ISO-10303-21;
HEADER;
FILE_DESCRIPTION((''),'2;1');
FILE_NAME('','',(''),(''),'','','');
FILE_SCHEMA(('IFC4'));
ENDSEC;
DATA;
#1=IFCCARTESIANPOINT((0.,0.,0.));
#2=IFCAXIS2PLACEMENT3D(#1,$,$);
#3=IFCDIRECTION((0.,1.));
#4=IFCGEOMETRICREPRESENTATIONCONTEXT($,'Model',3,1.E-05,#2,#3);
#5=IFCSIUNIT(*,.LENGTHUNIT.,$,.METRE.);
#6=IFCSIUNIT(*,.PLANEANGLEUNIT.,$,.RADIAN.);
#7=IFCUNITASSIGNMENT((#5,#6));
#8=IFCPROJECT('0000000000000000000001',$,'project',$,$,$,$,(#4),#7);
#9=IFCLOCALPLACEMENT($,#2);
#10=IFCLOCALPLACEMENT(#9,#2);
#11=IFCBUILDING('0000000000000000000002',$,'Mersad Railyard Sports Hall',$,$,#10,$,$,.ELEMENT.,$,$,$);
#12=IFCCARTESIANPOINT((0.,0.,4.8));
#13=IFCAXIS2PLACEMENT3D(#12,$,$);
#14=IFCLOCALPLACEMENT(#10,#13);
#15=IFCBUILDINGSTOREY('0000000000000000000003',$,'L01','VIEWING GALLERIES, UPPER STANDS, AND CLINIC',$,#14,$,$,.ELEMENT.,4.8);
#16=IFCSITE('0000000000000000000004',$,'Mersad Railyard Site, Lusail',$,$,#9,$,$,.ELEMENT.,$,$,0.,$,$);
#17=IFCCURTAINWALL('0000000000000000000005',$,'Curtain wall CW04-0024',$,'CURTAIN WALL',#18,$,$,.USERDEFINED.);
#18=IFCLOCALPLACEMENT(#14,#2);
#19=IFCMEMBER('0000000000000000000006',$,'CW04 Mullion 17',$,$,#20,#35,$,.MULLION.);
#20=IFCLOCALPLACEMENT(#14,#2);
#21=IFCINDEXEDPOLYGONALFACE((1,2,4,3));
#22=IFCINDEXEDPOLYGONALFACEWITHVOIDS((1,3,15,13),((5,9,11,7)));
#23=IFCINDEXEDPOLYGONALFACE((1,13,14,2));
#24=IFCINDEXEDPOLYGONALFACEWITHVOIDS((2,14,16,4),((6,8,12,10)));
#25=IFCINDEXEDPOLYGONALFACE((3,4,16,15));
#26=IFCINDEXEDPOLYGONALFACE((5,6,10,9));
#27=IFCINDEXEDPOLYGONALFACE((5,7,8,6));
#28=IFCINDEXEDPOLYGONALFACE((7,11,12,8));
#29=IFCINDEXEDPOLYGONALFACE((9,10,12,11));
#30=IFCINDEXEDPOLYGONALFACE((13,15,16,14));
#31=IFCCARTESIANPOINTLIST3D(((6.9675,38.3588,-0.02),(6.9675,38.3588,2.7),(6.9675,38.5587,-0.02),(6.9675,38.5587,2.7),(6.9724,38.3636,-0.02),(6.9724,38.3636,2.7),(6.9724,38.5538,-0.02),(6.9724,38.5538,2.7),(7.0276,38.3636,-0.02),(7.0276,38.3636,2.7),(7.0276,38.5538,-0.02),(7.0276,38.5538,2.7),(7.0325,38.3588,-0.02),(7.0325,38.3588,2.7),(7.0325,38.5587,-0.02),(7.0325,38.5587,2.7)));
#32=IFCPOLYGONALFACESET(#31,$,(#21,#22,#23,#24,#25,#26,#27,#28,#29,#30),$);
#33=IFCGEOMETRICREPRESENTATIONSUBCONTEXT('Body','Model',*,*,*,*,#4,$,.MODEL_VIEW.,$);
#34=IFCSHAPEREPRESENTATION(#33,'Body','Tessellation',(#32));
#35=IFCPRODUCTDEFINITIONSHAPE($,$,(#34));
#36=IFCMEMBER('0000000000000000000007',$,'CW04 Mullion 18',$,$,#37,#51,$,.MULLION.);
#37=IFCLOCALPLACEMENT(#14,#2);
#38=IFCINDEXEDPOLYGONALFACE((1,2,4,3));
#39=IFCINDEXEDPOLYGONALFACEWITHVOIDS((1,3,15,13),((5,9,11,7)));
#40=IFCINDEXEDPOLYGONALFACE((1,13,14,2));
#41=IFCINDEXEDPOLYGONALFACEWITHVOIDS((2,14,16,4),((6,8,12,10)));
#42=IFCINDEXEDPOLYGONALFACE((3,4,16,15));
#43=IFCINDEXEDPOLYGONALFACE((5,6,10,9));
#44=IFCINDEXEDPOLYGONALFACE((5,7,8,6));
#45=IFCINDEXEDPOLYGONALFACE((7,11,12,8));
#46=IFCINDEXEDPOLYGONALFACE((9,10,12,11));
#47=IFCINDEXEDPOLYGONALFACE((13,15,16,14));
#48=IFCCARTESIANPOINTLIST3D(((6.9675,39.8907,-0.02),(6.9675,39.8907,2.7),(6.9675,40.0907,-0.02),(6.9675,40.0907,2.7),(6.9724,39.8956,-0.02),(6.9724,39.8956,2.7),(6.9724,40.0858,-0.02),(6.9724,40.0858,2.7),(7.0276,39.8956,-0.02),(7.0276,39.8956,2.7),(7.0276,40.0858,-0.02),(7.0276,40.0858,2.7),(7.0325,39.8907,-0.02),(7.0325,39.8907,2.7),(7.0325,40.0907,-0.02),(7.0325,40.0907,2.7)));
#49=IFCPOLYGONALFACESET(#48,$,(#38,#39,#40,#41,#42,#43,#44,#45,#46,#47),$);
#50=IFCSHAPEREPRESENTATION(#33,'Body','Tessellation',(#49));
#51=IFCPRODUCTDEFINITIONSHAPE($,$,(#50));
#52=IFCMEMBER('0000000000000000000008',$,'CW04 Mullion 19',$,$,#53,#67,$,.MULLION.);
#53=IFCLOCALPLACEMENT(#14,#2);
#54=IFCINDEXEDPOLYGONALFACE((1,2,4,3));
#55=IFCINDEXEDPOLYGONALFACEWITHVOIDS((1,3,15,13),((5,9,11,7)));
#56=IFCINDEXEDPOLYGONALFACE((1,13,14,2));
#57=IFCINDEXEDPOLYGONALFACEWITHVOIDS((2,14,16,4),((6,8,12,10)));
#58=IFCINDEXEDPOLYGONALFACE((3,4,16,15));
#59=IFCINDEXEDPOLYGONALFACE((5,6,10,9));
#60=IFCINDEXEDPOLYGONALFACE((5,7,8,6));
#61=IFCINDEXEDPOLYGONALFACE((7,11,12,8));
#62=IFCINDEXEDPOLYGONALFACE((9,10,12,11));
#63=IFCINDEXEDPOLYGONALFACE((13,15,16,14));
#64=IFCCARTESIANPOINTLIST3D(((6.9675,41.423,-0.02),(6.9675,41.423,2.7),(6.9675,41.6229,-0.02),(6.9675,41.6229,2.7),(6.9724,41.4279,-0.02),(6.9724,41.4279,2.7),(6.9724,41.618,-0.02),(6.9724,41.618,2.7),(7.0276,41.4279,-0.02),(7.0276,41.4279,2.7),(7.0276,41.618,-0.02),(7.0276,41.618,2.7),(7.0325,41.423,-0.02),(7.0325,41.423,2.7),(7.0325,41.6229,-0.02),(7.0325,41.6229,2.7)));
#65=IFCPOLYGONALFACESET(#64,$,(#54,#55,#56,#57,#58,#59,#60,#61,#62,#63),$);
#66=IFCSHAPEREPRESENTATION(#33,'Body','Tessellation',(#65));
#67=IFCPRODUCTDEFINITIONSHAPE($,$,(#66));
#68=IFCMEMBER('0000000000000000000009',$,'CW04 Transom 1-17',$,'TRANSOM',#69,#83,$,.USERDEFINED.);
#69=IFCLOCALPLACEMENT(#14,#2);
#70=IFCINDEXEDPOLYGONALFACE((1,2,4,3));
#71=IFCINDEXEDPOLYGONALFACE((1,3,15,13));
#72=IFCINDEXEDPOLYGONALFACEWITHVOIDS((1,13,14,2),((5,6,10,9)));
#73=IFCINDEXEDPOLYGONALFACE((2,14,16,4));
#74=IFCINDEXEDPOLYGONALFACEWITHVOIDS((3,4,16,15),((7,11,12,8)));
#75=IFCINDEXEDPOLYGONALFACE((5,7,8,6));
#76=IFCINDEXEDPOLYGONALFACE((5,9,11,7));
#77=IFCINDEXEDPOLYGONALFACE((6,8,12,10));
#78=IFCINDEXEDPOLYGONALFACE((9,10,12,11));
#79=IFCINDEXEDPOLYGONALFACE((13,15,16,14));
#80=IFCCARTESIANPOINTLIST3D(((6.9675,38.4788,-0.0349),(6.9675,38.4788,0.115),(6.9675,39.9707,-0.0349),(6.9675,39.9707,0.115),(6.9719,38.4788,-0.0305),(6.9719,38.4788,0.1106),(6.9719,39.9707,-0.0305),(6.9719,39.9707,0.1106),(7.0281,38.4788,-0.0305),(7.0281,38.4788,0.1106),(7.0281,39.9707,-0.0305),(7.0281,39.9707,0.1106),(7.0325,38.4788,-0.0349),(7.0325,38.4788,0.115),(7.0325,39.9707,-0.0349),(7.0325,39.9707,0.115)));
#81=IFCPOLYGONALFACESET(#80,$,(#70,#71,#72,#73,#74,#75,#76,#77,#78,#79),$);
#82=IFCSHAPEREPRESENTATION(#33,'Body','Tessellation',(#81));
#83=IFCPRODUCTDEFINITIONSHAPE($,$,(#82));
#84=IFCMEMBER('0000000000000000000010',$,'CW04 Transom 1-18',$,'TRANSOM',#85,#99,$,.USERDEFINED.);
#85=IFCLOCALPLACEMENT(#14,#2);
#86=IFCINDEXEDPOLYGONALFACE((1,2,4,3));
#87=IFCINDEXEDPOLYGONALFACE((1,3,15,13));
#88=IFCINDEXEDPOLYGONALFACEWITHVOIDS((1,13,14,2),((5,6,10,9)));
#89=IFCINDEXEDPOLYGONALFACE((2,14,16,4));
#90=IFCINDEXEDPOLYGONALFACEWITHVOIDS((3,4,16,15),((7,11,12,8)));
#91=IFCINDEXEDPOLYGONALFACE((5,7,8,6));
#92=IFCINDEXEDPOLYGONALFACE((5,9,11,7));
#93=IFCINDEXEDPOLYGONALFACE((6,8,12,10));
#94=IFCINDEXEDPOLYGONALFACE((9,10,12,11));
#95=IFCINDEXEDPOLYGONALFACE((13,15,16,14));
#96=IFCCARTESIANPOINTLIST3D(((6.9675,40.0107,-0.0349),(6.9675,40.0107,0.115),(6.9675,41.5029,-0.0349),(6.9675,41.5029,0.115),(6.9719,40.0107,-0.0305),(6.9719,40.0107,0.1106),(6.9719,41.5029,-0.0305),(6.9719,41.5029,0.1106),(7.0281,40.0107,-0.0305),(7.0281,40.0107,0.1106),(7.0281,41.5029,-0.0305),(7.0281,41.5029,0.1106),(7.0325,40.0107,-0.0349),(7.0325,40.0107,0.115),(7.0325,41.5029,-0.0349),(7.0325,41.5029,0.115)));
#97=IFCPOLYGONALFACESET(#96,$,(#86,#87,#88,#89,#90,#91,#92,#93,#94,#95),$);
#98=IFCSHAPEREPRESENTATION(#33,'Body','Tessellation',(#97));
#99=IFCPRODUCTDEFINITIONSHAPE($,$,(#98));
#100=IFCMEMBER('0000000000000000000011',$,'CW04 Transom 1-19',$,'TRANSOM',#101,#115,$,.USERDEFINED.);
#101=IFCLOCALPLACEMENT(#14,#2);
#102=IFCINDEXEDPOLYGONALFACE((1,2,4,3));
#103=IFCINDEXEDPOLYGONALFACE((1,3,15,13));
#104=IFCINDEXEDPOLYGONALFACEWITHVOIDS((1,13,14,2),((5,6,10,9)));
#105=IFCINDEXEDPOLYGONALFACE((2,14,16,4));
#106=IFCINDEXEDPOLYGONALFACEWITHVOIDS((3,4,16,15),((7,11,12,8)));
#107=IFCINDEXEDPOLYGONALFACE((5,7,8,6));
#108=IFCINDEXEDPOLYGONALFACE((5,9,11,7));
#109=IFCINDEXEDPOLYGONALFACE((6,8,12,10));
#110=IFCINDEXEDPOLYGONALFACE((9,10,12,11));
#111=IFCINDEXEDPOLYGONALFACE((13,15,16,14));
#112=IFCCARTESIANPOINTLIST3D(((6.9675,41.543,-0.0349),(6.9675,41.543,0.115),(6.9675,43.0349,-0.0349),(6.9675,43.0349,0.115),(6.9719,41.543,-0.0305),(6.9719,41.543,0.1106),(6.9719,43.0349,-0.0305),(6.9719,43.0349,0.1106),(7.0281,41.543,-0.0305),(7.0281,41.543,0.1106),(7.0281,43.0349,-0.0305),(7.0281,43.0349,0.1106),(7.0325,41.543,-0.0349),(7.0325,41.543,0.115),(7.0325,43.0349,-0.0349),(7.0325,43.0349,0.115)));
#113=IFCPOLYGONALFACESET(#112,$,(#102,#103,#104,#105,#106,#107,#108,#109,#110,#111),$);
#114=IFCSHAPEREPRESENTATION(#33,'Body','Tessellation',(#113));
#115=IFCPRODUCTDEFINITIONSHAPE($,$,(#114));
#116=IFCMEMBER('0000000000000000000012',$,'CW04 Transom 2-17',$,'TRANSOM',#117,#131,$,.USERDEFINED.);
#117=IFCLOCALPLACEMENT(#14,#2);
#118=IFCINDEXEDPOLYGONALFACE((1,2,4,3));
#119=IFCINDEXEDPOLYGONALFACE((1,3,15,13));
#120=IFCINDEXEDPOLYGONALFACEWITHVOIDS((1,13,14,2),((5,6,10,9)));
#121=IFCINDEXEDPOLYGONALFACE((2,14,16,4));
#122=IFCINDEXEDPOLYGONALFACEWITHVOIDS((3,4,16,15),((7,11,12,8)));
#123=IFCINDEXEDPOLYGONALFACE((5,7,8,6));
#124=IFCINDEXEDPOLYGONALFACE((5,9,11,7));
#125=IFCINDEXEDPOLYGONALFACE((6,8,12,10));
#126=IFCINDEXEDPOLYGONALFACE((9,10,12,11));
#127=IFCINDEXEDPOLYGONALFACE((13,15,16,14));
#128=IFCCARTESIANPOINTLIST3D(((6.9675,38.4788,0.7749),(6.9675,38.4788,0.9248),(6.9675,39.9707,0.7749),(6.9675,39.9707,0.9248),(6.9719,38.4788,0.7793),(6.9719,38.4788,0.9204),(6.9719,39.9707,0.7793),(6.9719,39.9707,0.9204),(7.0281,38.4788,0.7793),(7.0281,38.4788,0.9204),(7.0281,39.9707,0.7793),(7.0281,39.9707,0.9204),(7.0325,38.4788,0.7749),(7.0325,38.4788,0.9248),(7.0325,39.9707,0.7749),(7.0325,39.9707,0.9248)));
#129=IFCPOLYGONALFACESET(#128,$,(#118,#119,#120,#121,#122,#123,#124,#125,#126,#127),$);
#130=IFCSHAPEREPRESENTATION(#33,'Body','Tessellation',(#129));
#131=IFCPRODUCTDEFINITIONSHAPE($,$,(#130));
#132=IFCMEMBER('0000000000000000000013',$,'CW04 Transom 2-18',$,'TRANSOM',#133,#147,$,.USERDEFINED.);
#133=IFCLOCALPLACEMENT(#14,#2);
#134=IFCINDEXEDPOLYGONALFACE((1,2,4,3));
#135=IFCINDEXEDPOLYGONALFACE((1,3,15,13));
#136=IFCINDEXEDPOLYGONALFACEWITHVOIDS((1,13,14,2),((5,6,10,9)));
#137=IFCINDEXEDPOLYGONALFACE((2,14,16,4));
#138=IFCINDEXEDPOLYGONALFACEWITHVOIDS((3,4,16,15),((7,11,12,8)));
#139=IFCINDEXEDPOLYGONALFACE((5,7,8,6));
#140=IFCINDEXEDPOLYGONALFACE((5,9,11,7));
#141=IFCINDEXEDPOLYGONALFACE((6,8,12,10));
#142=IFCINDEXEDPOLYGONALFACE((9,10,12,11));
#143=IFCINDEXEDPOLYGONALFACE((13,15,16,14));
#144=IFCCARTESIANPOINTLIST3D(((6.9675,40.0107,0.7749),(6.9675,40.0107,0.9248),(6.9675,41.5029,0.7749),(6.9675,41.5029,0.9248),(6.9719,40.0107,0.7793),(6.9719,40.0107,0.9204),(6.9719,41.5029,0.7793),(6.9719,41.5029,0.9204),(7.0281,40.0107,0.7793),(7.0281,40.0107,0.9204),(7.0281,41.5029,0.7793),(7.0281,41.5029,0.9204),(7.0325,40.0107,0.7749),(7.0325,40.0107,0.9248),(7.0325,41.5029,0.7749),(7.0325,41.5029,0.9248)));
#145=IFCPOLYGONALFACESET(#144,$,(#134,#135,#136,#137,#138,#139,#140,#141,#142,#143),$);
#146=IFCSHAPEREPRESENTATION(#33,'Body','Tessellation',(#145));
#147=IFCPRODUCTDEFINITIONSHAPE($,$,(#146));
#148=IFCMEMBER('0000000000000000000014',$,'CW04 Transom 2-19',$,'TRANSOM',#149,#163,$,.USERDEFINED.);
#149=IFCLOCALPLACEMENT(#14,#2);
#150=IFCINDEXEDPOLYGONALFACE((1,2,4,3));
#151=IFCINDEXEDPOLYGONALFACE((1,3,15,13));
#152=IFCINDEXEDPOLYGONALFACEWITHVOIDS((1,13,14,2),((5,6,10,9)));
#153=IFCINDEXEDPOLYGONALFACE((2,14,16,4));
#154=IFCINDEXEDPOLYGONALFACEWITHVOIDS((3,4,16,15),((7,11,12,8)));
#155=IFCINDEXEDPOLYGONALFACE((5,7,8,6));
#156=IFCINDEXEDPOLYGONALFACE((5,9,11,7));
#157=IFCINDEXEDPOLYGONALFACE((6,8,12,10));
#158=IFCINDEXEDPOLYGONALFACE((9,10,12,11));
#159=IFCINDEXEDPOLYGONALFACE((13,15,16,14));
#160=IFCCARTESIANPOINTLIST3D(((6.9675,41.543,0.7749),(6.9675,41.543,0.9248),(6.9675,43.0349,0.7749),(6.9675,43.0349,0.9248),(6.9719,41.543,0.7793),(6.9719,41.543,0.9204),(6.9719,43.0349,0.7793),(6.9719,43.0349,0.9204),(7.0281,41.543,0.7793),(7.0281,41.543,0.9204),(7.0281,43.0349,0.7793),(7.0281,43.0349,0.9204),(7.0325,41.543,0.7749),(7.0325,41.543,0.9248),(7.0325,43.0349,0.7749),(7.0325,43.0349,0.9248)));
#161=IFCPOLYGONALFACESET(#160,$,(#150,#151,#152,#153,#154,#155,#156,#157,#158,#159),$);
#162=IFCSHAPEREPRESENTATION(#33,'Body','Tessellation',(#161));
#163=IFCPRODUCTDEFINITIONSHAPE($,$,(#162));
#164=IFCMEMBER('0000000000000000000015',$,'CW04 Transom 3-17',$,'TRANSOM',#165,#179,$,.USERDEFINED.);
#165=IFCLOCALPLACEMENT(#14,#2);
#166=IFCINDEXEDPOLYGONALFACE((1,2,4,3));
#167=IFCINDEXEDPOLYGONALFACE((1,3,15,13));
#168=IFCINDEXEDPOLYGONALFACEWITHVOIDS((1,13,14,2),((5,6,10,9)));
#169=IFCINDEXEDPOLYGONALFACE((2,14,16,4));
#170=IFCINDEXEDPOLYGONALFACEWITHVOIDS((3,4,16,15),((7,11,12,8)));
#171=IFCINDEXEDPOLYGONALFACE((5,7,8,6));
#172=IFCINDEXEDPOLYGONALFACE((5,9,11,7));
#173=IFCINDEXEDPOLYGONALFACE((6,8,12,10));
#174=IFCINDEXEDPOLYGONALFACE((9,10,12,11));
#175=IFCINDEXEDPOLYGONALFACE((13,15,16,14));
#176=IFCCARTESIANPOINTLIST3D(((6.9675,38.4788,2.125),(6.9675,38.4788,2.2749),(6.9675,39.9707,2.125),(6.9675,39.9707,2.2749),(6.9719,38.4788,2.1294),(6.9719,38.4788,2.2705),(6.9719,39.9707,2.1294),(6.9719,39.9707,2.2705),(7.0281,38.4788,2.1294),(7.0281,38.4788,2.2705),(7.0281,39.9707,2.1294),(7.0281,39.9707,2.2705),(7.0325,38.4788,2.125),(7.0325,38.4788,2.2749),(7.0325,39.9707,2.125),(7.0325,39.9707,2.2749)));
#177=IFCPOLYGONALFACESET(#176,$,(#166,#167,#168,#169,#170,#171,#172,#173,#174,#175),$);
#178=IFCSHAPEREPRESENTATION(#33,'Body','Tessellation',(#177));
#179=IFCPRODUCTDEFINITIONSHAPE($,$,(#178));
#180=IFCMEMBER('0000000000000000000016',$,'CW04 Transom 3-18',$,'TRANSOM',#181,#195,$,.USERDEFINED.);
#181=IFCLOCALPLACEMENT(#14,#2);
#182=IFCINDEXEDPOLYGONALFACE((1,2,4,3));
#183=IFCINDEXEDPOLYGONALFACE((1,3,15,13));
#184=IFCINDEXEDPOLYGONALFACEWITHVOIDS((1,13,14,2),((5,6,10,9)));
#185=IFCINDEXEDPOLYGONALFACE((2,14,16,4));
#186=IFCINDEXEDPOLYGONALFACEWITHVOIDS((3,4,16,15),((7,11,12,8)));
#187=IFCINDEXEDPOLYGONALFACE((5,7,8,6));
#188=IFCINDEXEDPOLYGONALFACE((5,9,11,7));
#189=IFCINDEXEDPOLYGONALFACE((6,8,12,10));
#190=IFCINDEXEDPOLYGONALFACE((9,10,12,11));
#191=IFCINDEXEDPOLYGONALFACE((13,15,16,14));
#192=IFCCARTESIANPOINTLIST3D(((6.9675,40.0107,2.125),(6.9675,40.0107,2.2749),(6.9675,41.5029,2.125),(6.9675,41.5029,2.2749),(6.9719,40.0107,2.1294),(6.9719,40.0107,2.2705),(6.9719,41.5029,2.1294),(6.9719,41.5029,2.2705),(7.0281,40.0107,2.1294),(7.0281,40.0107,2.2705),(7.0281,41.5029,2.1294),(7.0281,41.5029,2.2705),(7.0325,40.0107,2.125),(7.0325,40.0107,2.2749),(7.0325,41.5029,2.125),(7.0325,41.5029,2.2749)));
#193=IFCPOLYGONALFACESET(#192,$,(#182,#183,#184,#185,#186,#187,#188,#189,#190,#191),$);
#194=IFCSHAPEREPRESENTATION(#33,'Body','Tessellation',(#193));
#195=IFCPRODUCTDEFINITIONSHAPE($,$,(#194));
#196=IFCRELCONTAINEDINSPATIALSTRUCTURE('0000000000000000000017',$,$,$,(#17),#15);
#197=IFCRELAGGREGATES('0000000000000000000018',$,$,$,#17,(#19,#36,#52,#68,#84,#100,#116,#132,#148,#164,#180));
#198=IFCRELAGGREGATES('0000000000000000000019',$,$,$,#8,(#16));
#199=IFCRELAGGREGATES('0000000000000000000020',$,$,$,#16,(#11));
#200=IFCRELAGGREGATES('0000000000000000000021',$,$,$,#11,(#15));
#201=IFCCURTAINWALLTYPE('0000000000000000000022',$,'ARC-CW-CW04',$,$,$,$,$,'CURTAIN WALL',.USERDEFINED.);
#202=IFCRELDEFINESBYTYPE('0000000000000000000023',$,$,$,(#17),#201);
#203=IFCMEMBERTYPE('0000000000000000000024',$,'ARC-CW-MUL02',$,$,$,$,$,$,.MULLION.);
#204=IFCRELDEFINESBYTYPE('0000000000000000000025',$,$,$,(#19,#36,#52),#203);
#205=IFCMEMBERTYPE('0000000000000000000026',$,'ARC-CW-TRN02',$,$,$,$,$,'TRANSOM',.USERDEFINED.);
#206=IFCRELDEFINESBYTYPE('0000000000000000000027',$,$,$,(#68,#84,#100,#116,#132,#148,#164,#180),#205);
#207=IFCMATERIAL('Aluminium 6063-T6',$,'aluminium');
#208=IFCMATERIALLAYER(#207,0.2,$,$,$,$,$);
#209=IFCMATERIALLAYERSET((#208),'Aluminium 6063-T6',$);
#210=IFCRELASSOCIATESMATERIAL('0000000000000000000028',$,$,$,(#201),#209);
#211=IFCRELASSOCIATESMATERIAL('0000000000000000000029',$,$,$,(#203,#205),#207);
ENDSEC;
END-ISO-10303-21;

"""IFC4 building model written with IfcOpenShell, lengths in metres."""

from ifc_helpers import new_model, si_unit, direction, frame, origin, origin_2d, place, context, subcontext, project, spatial, hollow_rectangle, extrude, material, layer, layer_set, material_profile, profile_set, type_object, element, aggregate, save


model = new_model("IFC4")

# Units and contexts
model_context = context("Model", 3, precision=1e-05, world=origin(), true_north=direction((0.0, 1.0)))
body_context = subcontext(model_context, "Body", "Model", "MODEL_VIEW")
ifc_project = project(units=[si_unit("LENGTHUNIT", "METRE"), si_unit("PLANEANGLEUNIT", "RADIAN")], contexts=[model_context])

# Site, building, storey
site_placement = place(None, origin())
site = spatial("IfcSite", under=ifc_project, at=site_placement, Name="Mersad Railyard Site, Lusail", CompositionType="ELEMENT", RefElevation=0.0)
building_placement = place(site_placement, origin())
building = spatial("IfcBuilding", under=site, at=building_placement, Name="Mersad Railyard Sports Hall", CompositionType="ELEMENT")
storey_placement = place(building_placement, frame((0.0, 0.0, 4.8)))
storey = spatial("IfcBuildingStorey", under=building, at=storey_placement, Name="L01", Description="VIEWING GALLERIES, UPPER STANDS, AND CLINIC", CompositionType="ELEMENT", Elevation=4.8)

# Curtain wall, members
ifc_material_1 = material(Name="Aluminium 6063-T6", Category="aluminium")
ifc_layer_1 = layer(ifc_material_1, 0.2)
ifc_layer_set_1 = layer_set([ifc_layer_1], Name="Aluminium 6063-T6")
curtain_wall_type = type_object("IfcCurtainWallType", Name="ARC-CW-CW04", ElementType="CURTAIN WALL", PredefinedType="USERDEFINED", material=ifc_layer_set_1)
curtain_wall_placement = place(storey_placement, origin())
curtain_wall = element("IfcCurtainWall", 1, at=curtain_wall_placement, inside=storey, type_object=curtain_wall_type, Name="Curtain wall CW04-0024", ObjectType="CURTAIN WALL", PredefinedType="USERDEFINED")
ifc_material_profile_1 = material_profile(ifc_material_1, hollow_rectangle(XDim=0.0649, YDim=0.2, WallThickness=0.0049, at=origin_2d()), Name="AL MULLION 65x200x5")
ifc_profile_set_1 = profile_set([ifc_material_profile_1], Name="Aluminium 6063-T6")
member_type_1 = type_object("IfcMemberType", Name="ARC-CW-MUL02", PredefinedType="MULLION", material=ifc_profile_set_1)
member_1_placement = place(storey_placement, frame((7.0, 38.4587, -0.02), z_axis=(0.0, 0.0, 1.0), x_axis=(1.0, 0.0, 0.0)))
member_1 = element("IfcMember", 2, at=member_1_placement, type_object=member_type_1, Name="CW04 Mullion 17", PredefinedType="MULLION", context=body_context, shape_type="SweptSolid", body=[
    extrude(hollow_rectangle(XDim=0.0649, YDim=0.2, WallThickness=0.0049, at=origin_2d()), origin(), (0.0, 0.0, 1.0), 2.72),
])
member_2_placement = place(storey_placement, frame((7.0, 39.9907, -0.02), z_axis=(0.0, 0.0, 1.0), x_axis=(1.0, 0.0, 0.0)))
member_2 = element("IfcMember", 3, at=member_2_placement, type_object=member_type_1, Name="CW04 Mullion 18", PredefinedType="MULLION", context=body_context, shape_type="SweptSolid", body=[
    extrude(hollow_rectangle(XDim=0.0649, YDim=0.2, WallThickness=0.0049, at=origin_2d()), origin(), (0.0, 0.0, 1.0), 2.72),
])
member_3_placement = place(storey_placement, frame((7.0, 41.5229, -0.02), z_axis=(0.0, 0.0, 1.0), x_axis=(1.0, 0.0, 0.0)))
member_3 = element("IfcMember", 4, at=member_3_placement, type_object=member_type_1, Name="CW04 Mullion 19", PredefinedType="MULLION", context=body_context, shape_type="SweptSolid", body=[
    extrude(hollow_rectangle(XDim=0.0649, YDim=0.2, WallThickness=0.0049, at=origin_2d()), origin(), (0.0, 0.0, 1.0), 2.72),
])
ifc_material_profile_2 = material_profile(ifc_material_1, hollow_rectangle(XDim=0.0649, YDim=0.1499, WallThickness=0.0044, at=origin_2d()), Name="AL TRANSOM 65x150x4.5")
ifc_profile_set_2 = profile_set([ifc_material_profile_2], Name="Aluminium 6063-T6")
member_type_2 = type_object("IfcMemberType", Name="ARC-CW-TRN02", ElementType="TRANSOM", PredefinedType="USERDEFINED", material=ifc_profile_set_2)
member_4_placement = place(storey_placement, frame((7.0, 38.4788, 0.04), z_axis=(0.0, 1.0, 0.0), x_axis=(-1.0, 0.0, 0.0)))
member_4 = element("IfcMember", 5, at=member_4_placement, type_object=member_type_2, Name="CW04 Transom 1-17", ObjectType="TRANSOM", PredefinedType="USERDEFINED", context=body_context, shape_type="SweptSolid", body=[
    extrude(hollow_rectangle(XDim=0.0649, YDim=0.1499, WallThickness=0.0044, at=origin_2d()), origin(), (0.0, 0.0, 1.0), 1.4919),
])
member_5_placement = place(storey_placement, frame((7.0, 40.0107, 0.04), z_axis=(0.0, 1.0, 0.0), x_axis=(-1.0, 0.0, 0.0)))
member_5 = element("IfcMember", 6, at=member_5_placement, type_object=member_type_2, Name="CW04 Transom 1-18", ObjectType="TRANSOM", PredefinedType="USERDEFINED", context=body_context, shape_type="SweptSolid", body=[
    extrude(hollow_rectangle(XDim=0.0649, YDim=0.1499, WallThickness=0.0044, at=origin_2d()), origin(), (0.0, 0.0, 1.0), 1.4922),
])
member_6_placement = place(storey_placement, frame((7.0, 41.543, 0.04), z_axis=(0.0, 1.0, 0.0), x_axis=(-1.0, 0.0, 0.0)))
member_6 = element("IfcMember", 7, at=member_6_placement, type_object=member_type_2, Name="CW04 Transom 1-19", ObjectType="TRANSOM", PredefinedType="USERDEFINED", context=body_context, shape_type="SweptSolid", body=[
    extrude(hollow_rectangle(XDim=0.0649, YDim=0.1499, WallThickness=0.0044, at=origin_2d()), origin(), (0.0, 0.0, 1.0), 1.4919),
])
member_7_placement = place(storey_placement, frame((7.0, 38.4788, 0.8499), z_axis=(0.0, 1.0, 0.0), x_axis=(-1.0, 0.0, 0.0)))
member_7 = element("IfcMember", 8, at=member_7_placement, type_object=member_type_2, Name="CW04 Transom 2-17", ObjectType="TRANSOM", PredefinedType="USERDEFINED", context=body_context, shape_type="SweptSolid", body=[
    extrude(hollow_rectangle(XDim=0.0649, YDim=0.1499, WallThickness=0.0044, at=origin_2d()), origin(), (0.0, 0.0, 1.0), 1.4919),
])
member_8_placement = place(storey_placement, frame((7.0, 40.0107, 0.8499), z_axis=(0.0, 1.0, 0.0), x_axis=(-1.0, 0.0, 0.0)))
member_8 = element("IfcMember", 9, at=member_8_placement, type_object=member_type_2, Name="CW04 Transom 2-18", ObjectType="TRANSOM", PredefinedType="USERDEFINED", context=body_context, shape_type="SweptSolid", body=[
    extrude(hollow_rectangle(XDim=0.0649, YDim=0.1499, WallThickness=0.0044, at=origin_2d()), origin(), (0.0, 0.0, 1.0), 1.4922),
])
member_9_placement = place(storey_placement, frame((7.0, 41.543, 0.8499), z_axis=(0.0, 1.0, 0.0), x_axis=(-1.0, 0.0, 0.0)))
member_9 = element("IfcMember", 10, at=member_9_placement, type_object=member_type_2, Name="CW04 Transom 2-19", ObjectType="TRANSOM", PredefinedType="USERDEFINED", context=body_context, shape_type="SweptSolid", body=[
    extrude(hollow_rectangle(XDim=0.0649, YDim=0.1499, WallThickness=0.0044, at=origin_2d()), origin(), (0.0, 0.0, 1.0), 1.4919),
])
member_10_placement = place(storey_placement, frame((7.0, 38.4788, 2.2), z_axis=(0.0, 1.0, 0.0), x_axis=(-1.0, 0.0, 0.0)))
member_10 = element("IfcMember", 11, at=member_10_placement, type_object=member_type_2, Name="CW04 Transom 3-17", ObjectType="TRANSOM", PredefinedType="USERDEFINED", context=body_context, shape_type="SweptSolid", body=[
    extrude(hollow_rectangle(XDim=0.0649, YDim=0.1499, WallThickness=0.0044, at=origin_2d()), origin(), (0.0, 0.0, 1.0), 1.4919),
])
member_11_placement = place(storey_placement, frame((7.0, 40.0107, 2.2), z_axis=(0.0, 1.0, 0.0), x_axis=(-1.0, 0.0, 0.0)))
member_11 = element("IfcMember", 12, at=member_11_placement, type_object=member_type_2, Name="CW04 Transom 3-18", ObjectType="TRANSOM", PredefinedType="USERDEFINED", context=body_context, shape_type="SweptSolid", body=[
    extrude(hollow_rectangle(XDim=0.0649, YDim=0.1499, WallThickness=0.0044, at=origin_2d()), origin(), (0.0, 0.0, 1.0), 1.4922),
])

aggregate(curtain_wall, [member_1, member_2, member_3, member_4, member_5, member_6, member_7, member_8, member_9, member_10, member_11])

save(model, "model.ifc")
